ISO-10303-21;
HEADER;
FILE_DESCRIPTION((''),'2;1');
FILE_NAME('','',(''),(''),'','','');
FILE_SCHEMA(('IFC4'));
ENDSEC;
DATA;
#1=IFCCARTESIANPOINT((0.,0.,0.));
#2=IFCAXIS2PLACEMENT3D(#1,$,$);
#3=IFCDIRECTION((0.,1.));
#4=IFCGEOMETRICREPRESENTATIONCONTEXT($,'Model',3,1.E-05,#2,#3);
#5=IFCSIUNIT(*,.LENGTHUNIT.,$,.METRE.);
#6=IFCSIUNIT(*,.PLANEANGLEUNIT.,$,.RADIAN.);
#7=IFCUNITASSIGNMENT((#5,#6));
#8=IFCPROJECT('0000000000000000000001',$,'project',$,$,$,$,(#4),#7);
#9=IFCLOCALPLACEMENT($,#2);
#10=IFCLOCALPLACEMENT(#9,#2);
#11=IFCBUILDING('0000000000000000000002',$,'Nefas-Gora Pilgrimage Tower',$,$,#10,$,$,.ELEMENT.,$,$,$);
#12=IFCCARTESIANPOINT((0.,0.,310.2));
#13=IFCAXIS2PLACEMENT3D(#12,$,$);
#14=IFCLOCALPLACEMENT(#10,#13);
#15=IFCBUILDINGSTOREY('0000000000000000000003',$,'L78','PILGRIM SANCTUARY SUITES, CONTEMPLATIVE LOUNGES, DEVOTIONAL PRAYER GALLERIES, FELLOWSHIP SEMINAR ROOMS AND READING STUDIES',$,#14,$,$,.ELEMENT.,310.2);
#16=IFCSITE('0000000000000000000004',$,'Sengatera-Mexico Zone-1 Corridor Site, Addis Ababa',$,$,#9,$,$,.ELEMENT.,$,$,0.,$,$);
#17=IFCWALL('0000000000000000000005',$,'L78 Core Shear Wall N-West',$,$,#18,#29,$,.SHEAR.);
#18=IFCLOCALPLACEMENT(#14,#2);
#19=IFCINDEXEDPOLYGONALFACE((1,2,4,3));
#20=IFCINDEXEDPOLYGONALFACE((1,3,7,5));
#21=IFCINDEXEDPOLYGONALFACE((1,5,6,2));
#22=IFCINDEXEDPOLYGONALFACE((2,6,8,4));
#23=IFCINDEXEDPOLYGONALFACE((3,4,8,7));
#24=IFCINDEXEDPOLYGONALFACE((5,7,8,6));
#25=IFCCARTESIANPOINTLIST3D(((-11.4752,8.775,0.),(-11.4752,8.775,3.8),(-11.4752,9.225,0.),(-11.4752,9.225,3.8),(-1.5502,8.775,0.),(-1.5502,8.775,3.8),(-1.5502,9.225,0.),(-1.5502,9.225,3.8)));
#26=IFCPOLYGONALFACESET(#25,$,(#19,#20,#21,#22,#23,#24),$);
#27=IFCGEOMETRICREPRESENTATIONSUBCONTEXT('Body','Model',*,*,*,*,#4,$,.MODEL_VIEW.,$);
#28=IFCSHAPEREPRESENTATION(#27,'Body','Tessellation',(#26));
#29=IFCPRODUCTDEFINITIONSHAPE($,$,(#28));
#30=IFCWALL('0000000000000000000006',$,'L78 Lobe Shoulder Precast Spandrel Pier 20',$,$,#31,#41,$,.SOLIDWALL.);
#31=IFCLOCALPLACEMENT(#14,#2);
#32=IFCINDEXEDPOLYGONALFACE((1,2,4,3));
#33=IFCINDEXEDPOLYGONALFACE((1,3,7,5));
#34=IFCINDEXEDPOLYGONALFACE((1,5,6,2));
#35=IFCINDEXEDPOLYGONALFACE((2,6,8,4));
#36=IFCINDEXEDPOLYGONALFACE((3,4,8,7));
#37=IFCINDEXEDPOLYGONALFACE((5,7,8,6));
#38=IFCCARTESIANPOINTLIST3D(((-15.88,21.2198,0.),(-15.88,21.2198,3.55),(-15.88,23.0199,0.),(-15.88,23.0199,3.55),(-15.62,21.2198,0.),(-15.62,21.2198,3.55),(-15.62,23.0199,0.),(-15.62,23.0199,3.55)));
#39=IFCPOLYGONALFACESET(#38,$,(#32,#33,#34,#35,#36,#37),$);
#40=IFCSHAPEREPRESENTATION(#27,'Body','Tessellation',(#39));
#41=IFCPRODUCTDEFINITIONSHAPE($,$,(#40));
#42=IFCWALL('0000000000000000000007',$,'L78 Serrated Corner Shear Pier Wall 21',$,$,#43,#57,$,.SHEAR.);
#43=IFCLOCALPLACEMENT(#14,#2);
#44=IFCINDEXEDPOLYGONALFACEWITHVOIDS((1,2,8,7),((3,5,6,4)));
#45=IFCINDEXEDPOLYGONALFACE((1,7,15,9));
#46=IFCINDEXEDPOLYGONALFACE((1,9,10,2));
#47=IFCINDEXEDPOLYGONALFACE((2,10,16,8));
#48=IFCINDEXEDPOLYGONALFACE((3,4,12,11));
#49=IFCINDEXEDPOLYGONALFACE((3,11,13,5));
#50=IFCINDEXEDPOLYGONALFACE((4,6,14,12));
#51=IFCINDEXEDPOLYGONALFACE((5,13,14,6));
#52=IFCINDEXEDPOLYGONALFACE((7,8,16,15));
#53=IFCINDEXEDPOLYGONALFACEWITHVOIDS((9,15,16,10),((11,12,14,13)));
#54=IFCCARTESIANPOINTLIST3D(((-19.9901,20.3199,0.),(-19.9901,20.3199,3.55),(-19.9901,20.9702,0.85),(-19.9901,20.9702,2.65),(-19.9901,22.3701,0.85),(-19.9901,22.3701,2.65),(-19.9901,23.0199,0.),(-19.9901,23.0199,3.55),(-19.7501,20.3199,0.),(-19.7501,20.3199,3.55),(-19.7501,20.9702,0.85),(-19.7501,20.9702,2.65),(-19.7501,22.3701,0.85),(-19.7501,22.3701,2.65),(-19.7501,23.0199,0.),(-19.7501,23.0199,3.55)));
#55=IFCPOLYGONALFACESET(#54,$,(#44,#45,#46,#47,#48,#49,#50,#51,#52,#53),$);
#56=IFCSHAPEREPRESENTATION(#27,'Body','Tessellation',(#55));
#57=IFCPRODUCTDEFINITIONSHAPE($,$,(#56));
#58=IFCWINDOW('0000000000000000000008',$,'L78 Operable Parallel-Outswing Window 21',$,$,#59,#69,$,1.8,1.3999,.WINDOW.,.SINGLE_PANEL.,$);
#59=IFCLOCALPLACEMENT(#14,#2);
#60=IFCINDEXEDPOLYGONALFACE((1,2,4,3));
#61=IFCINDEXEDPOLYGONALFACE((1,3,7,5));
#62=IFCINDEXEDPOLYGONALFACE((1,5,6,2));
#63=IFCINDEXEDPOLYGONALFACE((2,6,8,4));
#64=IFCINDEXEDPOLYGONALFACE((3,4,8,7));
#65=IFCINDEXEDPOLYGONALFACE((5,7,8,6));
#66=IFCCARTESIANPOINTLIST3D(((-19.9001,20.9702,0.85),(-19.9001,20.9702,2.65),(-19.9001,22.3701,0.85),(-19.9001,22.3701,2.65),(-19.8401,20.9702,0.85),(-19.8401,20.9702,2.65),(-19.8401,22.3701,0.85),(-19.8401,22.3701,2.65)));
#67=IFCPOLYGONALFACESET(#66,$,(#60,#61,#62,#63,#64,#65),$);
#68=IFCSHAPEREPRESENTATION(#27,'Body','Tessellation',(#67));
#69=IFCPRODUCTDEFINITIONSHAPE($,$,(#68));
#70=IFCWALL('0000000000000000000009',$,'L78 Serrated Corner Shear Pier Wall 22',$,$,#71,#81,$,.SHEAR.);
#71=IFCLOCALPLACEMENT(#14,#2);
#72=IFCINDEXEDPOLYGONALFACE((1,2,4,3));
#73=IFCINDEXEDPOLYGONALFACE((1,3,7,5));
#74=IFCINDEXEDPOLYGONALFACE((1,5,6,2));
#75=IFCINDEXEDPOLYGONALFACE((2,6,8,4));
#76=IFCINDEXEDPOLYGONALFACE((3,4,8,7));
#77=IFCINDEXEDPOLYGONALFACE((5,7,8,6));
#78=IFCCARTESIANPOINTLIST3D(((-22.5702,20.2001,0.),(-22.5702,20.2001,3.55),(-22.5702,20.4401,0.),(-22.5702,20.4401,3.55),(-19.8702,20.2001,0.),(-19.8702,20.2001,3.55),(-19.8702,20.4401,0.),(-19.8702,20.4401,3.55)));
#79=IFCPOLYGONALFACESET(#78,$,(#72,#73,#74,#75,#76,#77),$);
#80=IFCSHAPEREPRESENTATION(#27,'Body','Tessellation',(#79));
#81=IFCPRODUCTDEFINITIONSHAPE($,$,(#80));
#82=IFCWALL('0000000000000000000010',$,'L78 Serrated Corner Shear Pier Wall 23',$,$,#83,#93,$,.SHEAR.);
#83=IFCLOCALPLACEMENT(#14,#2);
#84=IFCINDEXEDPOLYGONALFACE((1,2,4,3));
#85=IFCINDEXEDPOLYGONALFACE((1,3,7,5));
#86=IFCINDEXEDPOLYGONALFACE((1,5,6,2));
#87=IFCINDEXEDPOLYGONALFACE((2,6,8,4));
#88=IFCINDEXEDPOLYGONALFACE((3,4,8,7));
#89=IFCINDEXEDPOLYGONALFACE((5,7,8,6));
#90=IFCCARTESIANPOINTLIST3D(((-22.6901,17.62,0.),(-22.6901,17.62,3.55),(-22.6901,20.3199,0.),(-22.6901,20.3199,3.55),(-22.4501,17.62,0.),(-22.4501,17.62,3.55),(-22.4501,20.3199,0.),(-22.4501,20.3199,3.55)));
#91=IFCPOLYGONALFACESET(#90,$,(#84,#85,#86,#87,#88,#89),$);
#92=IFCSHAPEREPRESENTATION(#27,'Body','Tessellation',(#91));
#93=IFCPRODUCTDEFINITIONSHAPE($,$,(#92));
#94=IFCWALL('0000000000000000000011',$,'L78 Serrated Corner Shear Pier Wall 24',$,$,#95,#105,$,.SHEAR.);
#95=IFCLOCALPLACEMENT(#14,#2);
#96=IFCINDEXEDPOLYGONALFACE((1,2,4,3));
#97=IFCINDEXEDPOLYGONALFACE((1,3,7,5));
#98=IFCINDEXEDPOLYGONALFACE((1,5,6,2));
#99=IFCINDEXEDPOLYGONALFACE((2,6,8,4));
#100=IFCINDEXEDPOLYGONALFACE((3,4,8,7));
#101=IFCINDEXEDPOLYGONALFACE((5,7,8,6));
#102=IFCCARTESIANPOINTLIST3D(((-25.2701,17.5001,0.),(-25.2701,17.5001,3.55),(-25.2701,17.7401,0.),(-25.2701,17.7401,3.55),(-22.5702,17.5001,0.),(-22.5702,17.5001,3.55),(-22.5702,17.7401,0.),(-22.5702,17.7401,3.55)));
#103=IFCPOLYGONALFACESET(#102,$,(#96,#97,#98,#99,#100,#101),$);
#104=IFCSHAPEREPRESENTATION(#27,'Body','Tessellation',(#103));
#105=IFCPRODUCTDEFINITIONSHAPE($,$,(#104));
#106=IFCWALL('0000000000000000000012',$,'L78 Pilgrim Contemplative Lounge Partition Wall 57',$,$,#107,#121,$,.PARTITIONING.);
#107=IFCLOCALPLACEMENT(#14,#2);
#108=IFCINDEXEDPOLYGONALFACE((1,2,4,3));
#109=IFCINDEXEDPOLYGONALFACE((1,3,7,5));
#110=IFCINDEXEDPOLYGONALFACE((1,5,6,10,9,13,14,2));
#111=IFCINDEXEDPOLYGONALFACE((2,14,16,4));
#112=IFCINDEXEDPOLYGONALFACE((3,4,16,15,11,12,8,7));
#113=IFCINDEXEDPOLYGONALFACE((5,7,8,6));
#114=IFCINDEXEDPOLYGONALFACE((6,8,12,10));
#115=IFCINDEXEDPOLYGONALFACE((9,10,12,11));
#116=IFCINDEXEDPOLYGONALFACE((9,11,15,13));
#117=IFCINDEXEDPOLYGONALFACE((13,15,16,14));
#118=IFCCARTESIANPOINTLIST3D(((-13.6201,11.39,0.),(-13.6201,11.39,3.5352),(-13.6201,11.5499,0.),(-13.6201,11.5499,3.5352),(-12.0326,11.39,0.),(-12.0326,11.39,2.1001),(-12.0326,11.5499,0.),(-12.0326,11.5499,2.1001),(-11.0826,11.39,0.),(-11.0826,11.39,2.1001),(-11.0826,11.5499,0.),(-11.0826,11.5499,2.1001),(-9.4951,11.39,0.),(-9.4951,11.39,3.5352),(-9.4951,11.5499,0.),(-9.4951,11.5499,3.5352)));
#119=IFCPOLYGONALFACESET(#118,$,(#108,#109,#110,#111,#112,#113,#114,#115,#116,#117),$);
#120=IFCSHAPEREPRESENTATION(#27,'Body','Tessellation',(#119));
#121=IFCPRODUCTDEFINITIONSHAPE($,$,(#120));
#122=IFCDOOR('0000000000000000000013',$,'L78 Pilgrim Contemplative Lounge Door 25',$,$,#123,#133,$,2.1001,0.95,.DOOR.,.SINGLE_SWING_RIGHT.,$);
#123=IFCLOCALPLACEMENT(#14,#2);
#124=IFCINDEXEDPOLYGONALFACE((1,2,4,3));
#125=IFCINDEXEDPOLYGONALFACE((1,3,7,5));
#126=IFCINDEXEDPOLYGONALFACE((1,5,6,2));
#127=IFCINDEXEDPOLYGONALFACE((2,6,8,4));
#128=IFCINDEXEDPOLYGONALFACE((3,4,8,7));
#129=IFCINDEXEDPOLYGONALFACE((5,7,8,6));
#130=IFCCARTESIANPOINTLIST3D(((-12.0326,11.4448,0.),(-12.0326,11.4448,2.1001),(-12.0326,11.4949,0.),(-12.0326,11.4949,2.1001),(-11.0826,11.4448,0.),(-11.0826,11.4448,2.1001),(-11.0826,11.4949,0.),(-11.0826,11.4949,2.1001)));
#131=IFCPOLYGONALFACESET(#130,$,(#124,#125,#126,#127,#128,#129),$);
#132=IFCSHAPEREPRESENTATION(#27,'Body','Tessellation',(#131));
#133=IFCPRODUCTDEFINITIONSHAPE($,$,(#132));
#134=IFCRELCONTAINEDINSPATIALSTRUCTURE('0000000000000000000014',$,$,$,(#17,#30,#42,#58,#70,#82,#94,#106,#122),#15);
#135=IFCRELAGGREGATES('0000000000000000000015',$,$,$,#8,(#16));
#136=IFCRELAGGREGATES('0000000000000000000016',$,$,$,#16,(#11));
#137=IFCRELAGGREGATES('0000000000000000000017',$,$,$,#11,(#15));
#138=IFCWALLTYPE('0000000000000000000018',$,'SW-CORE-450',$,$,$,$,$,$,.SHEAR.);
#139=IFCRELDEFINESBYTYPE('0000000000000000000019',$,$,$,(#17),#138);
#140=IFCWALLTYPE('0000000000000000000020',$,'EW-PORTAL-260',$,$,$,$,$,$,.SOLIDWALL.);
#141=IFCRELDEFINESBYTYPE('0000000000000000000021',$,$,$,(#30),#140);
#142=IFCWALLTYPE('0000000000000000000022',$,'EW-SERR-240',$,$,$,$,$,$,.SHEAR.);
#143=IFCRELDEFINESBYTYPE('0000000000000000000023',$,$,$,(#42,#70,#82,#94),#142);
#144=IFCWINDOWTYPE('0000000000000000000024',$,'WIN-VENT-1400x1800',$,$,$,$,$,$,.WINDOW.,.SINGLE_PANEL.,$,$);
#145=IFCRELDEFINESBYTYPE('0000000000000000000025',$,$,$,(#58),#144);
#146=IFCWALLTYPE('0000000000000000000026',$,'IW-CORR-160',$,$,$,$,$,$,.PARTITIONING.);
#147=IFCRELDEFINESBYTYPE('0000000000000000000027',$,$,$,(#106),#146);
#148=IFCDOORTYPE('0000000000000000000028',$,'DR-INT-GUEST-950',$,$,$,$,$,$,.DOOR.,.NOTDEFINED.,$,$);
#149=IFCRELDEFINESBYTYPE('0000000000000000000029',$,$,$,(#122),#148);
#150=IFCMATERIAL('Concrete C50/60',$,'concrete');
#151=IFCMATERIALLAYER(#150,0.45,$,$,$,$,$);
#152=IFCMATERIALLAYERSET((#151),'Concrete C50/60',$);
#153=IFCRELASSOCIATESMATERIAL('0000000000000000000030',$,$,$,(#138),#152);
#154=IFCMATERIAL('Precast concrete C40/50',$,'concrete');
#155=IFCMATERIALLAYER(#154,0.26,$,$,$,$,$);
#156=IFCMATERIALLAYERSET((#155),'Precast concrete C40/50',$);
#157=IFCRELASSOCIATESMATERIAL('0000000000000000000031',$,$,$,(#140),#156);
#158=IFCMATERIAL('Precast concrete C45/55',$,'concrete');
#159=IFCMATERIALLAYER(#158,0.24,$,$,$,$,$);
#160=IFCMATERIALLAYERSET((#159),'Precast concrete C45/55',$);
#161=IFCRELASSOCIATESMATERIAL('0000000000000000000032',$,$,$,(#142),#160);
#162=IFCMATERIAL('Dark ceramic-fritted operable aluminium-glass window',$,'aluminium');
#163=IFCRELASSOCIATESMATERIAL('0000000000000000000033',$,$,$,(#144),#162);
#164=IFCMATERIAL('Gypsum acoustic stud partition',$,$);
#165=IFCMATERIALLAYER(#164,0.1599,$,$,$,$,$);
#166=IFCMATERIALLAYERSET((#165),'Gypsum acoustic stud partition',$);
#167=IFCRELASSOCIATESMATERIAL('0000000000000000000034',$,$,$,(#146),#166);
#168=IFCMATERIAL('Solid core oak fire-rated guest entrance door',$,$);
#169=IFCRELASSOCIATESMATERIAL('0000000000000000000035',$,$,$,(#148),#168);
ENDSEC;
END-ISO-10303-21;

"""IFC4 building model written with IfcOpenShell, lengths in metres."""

from ifc_helpers import new_model, si_unit, direction, frame, frame_2d, origin, place, context, subcontext, project, spatial, rectangle, extrude, source, transform, mapped, material, layer, layer_set, type_object, element, fill, save


model = new_model("IFC4")

# Units and contexts
model_context = context("Model", 3, precision=1e-05, world=origin(), true_north=direction((0.0, 1.0)))
body_context = subcontext(model_context, "Body", "Model", "MODEL_VIEW")
ifc_project = project(units=[si_unit("LENGTHUNIT", "METRE"), si_unit("PLANEANGLEUNIT", "RADIAN")], contexts=[model_context])

# Site, building, storey
site_placement = place(None, origin())
site = spatial("IfcSite", under=ifc_project, at=site_placement, Name="Sengatera-Mexico Zone-1 Corridor Site, Addis Ababa", CompositionType="ELEMENT", RefElevation=0.0)
building_placement = place(site_placement, origin())
building = spatial("IfcBuilding", under=site, at=building_placement, Name="Nefas-Gora Pilgrimage Tower", CompositionType="ELEMENT")
storey_placement = place(building_placement, frame((0.0, 0.0, 310.2)))
storey = spatial("IfcBuildingStorey", under=building, at=storey_placement, Name="L78", Description="PILGRIM SANCTUARY SUITES, CONTEMPLATIVE LOUNGES, DEVOTIONAL PRAYER GALLERIES, FELLOWSHIP SEMINAR ROOMS AND READING STUDIES", CompositionType="ELEMENT", Elevation=310.2)

# Shared definitions
ifc_material_1 = material(Name="Concrete C50/60", Category="concrete")

# Walls
ifc_layer_1 = layer(ifc_material_1, 0.45)
ifc_layer_set_1 = layer_set([ifc_layer_1], Name="Concrete C50/60")
wall_type_1 = type_object("IfcWallType", Name="SW-CORE-450", PredefinedType="SHEAR", material=ifc_layer_set_1)
shared_shape_1 = source(origin(), body_context, "Body", "SweptSolid", [
    extrude(rectangle(XDim=9.925, YDim=0.45, at=frame_2d((4.9624, 0.0))), origin(), (0.0, 0.0, 1.0), 3.8),
])
wall_1_placement = place(storey_placement, frame((-11.4751, 9.0, 0.0), z_axis=(0.0, 0.0, 1.0), x_axis=(1.0, 0.0, 0.0)))
element("IfcWall", 1, at=wall_1_placement, inside=storey, type_object=wall_type_1, Name="L78 Core Shear Wall N-West", PredefinedType="SHEAR", context=body_context, shape_type="MappedRepresentation", body=[
    mapped(shared_shape_1, transform((0.0, 0.0, 0.0), x_axis=(1.0, 0.0, 0.0), y_axis=(0.0, 1.0, 0.0), z_axis=(0.0, 0.0, 1.0), scale=1.0)),
])
ifc_material_2 = material(Name="Precast concrete C40/50", Category="concrete")
ifc_layer_2 = layer(ifc_material_2, 0.26)
ifc_layer_set_2 = layer_set([ifc_layer_2], Name="Precast concrete C40/50")
wall_type_2 = type_object("IfcWallType", Name="EW-PORTAL-260", PredefinedType="SOLIDWALL", material=ifc_layer_set_2)
shared_shape_2 = source(origin(), body_context, "Body", "SweptSolid", [
    extrude(rectangle(XDim=1.8, YDim=0.26, at=frame_2d((0.8999, 0.0))), origin(), (0.0, 0.0, 1.0), 3.55),
])
wall_2_placement = place(storey_placement, frame((-15.75, 21.22, 0.0), z_axis=(0.0, 0.0, 1.0), x_axis=(0.0, 1.0, 0.0)))
element("IfcWall", 2, at=wall_2_placement, inside=storey, type_object=wall_type_2, Name="L78 Lobe Shoulder Precast Spandrel Pier 20", PredefinedType="SOLIDWALL", context=body_context, shape_type="MappedRepresentation", body=[
    mapped(shared_shape_2, transform((0.0, 0.0, 0.0), x_axis=(1.0, 0.0, 0.0), y_axis=(0.0, 1.0, 0.0), z_axis=(0.0, 0.0, 1.0), scale=1.0)),
])

# Wall, opening, window
ifc_material_3 = material(Name="Precast concrete C45/55", Category="concrete")
ifc_layer_3 = layer(ifc_material_3, 0.24)
ifc_layer_set_3 = layer_set([ifc_layer_3], Name="Precast concrete C45/55")
wall_type_3 = type_object("IfcWallType", Name="EW-SERR-240", PredefinedType="SHEAR", material=ifc_layer_set_3)
shared_shape_3 = source(origin(), body_context, "Body", "SweptSolid", [
    extrude(rectangle(XDim=2.7, YDim=0.24, at=frame_2d((1.3501, 0.0))), origin(), (0.0, 0.0, 1.0), 3.55),
])
wall_3_placement = place(storey_placement, frame((-19.8701, 23.02, 0.0), z_axis=(0.0, 0.0, 1.0), x_axis=(0.0, -1.0, 0.0)))
wall_3 = element("IfcWall", 3, at=wall_3_placement, inside=storey, type_object=wall_type_3, Name="L78 Serrated Corner Shear Pier Wall 21", PredefinedType="SHEAR", context=body_context, shape_type="MappedRepresentation", body=[
    mapped(shared_shape_3, transform((0.0, 0.0, 0.0), x_axis=(1.0, 0.0, 0.0), y_axis=(0.0, 1.0, 0.0), z_axis=(0.0, 0.0, 1.0), scale=1.0)),
])
opening_1_placement = place(wall_3_placement, frame((0.6499, 0.0, 0.8501)))
opening_1 = element("IfcOpeningElement", 4, at=opening_1_placement, cuts=wall_3, PredefinedType="OPENING", context=body_context, shape_type="SweptSolid", body=[
    extrude(rectangle(XDim=1.3999, YDim=1.8, at=frame_2d((0.7, 0.8999))), frame((0.0, 0.1299, 0.0), z_axis=(0.0, -1.0, 0.0), x_axis=(1.0, 0.0, 0.0)), (0.0, 0.0, 1.0), 0.26),
])
ifc_material_4 = material(Name="Dark ceramic-fritted operable aluminium-glass window", Category="aluminium")
window_type = type_object("IfcWindowType", Name="WIN-VENT-1400x1800", PartitioningType="SINGLE_PANEL", PredefinedType="WINDOW", material=ifc_material_4)
shared_shape_4 = source(origin(), body_context, "Body", "SweptSolid", [
    extrude(rectangle(XDim=1.3999, YDim=1.8, at=frame_2d((0.7, 0.8999))), frame((0.0, 0.03, 0.0), z_axis=(0.0, -1.0, 0.0), x_axis=(1.0, 0.0, 0.0)), (0.0, 0.0, 1.0), 0.0601),
])
window_placement = place(opening_1_placement, origin())
window = element("IfcWindow", 5, at=window_placement, inside=storey, type_object=window_type, Name="L78 Operable Parallel-Outswing Window 21", OverallHeight=1.8, OverallWidth=1.3999, PartitioningType="SINGLE_PANEL", PredefinedType="WINDOW", context=body_context, shape_type="MappedRepresentation", body=[
    mapped(shared_shape_4, transform((0.0, 0.0, 0.0), x_axis=(1.0, 0.0, 0.0), y_axis=(0.0, 1.0, 0.0), z_axis=(0.0, 0.0, 1.0), scale=1.0)),
])
fill(opening_1, window)

# Walls
for number, where, z_axis, x_axis, name in (
    (6, (-19.8701, 20.3201, 0.0), (0.0, 0.0, 1.0), (-1.0, 0.0, 0.0), "L78 Serrated Corner Shear Pier Wall 22"),
    (7, (-22.5701, 20.3201, 0.0), (0.0, 0.0, 1.0), (0.0, -1.0, 0.0), "L78 Serrated Corner Shear Pier Wall 23"),
    (8, (-22.5701, 17.6201, 0.0), (0.0, 0.0, 1.0), (-1.0, 0.0, 0.0), "L78 Serrated Corner Shear Pier Wall 24"),
):
    element("IfcWall", number, at=place(storey_placement, frame(where, z_axis=z_axis, x_axis=x_axis)), inside=storey, type_object=wall_type_3, Name=name, PredefinedType="SHEAR", context=body_context, shape_type="MappedRepresentation", body=[
        mapped(shared_shape_3, transform((0.0, 0.0, 0.0), x_axis=(1.0, 0.0, 0.0), y_axis=(0.0, 1.0, 0.0), z_axis=(0.0, 0.0, 1.0), scale=1.0)),
    ])

# Wall, opening, door
ifc_material_5 = material(Name="Gypsum acoustic stud partition")
ifc_layer_4 = layer(ifc_material_5, 0.1599)
ifc_layer_set_4 = layer_set([ifc_layer_4], Name="Gypsum acoustic stud partition")
wall_type_4 = type_object("IfcWallType", Name="IW-CORR-160", PredefinedType="PARTITIONING", material=ifc_layer_set_4)
shared_shape_5 = source(origin(), body_context, "Body", "SweptSolid", [
    extrude(rectangle(XDim=4.125, YDim=0.1599, at=frame_2d((2.0625, 0.0))), origin(), (0.0, 0.0, 1.0), 3.5352),
])
wall_4_placement = place(storey_placement, frame((-13.6201, 11.47, 0.0), z_axis=(0.0, 0.0, 1.0), x_axis=(1.0, 0.0, 0.0)))
wall_4 = element("IfcWall", 9, at=wall_4_placement, inside=storey, type_object=wall_type_4, Name="L78 Pilgrim Contemplative Lounge Partition Wall 57", PredefinedType="PARTITIONING", context=body_context, shape_type="MappedRepresentation", body=[
    mapped(shared_shape_5, transform((0.0, 0.0, 0.0), x_axis=(1.0, 0.0, 0.0), y_axis=(0.0, 1.0, 0.0), z_axis=(0.0, 0.0, 1.0), scale=1.0)),
])
opening_2_placement = place(wall_4_placement, frame((1.5874, 0.0, 0.0)))
opening_2 = element("IfcOpeningElement", 10, at=opening_2_placement, cuts=wall_4, PredefinedType="OPENING", context=body_context, shape_type="SweptSolid", body=[
    extrude(rectangle(XDim=0.95, YDim=2.1001, at=frame_2d((0.4751, 1.05))), frame((0.0, 0.0898, 0.0), z_axis=(0.0, -1.0, 0.0), x_axis=(1.0, 0.0, 0.0)), (0.0, 0.0, 1.0), 0.1799),
])
ifc_material_6 = material(Name="Solid core oak fire-rated guest entrance door")
door_type = type_object("IfcDoorType", Name="DR-INT-GUEST-950", OperationType="NOTDEFINED", PredefinedType="DOOR", material=ifc_material_6)
shared_shape_6 = source(origin(), body_context, "Body", "SweptSolid", [
    extrude(rectangle(XDim=0.95, YDim=2.1001, at=frame_2d((0.4751, 1.05))), frame((0.0, 0.0249, 0.0), z_axis=(0.0, -1.0, 0.0), x_axis=(1.0, 0.0, 0.0)), (0.0, 0.0, 1.0), 0.05),
])
door_placement = place(opening_2_placement, origin())
door = element("IfcDoor", 11, at=door_placement, inside=storey, type_object=door_type, Name="L78 Pilgrim Contemplative Lounge Door 25", OperationType="SINGLE_SWING_RIGHT", OverallHeight=2.1001, OverallWidth=0.95, PredefinedType="DOOR", context=body_context, shape_type="MappedRepresentation", body=[
    mapped(shared_shape_6, transform((0.0, 0.0, 0.0), x_axis=(1.0, 0.0, 0.0), y_axis=(0.0, 1.0, 0.0), z_axis=(0.0, 0.0, 1.0), scale=1.0)),
])
fill(opening_2, door)

save(model, "model.ifc")
